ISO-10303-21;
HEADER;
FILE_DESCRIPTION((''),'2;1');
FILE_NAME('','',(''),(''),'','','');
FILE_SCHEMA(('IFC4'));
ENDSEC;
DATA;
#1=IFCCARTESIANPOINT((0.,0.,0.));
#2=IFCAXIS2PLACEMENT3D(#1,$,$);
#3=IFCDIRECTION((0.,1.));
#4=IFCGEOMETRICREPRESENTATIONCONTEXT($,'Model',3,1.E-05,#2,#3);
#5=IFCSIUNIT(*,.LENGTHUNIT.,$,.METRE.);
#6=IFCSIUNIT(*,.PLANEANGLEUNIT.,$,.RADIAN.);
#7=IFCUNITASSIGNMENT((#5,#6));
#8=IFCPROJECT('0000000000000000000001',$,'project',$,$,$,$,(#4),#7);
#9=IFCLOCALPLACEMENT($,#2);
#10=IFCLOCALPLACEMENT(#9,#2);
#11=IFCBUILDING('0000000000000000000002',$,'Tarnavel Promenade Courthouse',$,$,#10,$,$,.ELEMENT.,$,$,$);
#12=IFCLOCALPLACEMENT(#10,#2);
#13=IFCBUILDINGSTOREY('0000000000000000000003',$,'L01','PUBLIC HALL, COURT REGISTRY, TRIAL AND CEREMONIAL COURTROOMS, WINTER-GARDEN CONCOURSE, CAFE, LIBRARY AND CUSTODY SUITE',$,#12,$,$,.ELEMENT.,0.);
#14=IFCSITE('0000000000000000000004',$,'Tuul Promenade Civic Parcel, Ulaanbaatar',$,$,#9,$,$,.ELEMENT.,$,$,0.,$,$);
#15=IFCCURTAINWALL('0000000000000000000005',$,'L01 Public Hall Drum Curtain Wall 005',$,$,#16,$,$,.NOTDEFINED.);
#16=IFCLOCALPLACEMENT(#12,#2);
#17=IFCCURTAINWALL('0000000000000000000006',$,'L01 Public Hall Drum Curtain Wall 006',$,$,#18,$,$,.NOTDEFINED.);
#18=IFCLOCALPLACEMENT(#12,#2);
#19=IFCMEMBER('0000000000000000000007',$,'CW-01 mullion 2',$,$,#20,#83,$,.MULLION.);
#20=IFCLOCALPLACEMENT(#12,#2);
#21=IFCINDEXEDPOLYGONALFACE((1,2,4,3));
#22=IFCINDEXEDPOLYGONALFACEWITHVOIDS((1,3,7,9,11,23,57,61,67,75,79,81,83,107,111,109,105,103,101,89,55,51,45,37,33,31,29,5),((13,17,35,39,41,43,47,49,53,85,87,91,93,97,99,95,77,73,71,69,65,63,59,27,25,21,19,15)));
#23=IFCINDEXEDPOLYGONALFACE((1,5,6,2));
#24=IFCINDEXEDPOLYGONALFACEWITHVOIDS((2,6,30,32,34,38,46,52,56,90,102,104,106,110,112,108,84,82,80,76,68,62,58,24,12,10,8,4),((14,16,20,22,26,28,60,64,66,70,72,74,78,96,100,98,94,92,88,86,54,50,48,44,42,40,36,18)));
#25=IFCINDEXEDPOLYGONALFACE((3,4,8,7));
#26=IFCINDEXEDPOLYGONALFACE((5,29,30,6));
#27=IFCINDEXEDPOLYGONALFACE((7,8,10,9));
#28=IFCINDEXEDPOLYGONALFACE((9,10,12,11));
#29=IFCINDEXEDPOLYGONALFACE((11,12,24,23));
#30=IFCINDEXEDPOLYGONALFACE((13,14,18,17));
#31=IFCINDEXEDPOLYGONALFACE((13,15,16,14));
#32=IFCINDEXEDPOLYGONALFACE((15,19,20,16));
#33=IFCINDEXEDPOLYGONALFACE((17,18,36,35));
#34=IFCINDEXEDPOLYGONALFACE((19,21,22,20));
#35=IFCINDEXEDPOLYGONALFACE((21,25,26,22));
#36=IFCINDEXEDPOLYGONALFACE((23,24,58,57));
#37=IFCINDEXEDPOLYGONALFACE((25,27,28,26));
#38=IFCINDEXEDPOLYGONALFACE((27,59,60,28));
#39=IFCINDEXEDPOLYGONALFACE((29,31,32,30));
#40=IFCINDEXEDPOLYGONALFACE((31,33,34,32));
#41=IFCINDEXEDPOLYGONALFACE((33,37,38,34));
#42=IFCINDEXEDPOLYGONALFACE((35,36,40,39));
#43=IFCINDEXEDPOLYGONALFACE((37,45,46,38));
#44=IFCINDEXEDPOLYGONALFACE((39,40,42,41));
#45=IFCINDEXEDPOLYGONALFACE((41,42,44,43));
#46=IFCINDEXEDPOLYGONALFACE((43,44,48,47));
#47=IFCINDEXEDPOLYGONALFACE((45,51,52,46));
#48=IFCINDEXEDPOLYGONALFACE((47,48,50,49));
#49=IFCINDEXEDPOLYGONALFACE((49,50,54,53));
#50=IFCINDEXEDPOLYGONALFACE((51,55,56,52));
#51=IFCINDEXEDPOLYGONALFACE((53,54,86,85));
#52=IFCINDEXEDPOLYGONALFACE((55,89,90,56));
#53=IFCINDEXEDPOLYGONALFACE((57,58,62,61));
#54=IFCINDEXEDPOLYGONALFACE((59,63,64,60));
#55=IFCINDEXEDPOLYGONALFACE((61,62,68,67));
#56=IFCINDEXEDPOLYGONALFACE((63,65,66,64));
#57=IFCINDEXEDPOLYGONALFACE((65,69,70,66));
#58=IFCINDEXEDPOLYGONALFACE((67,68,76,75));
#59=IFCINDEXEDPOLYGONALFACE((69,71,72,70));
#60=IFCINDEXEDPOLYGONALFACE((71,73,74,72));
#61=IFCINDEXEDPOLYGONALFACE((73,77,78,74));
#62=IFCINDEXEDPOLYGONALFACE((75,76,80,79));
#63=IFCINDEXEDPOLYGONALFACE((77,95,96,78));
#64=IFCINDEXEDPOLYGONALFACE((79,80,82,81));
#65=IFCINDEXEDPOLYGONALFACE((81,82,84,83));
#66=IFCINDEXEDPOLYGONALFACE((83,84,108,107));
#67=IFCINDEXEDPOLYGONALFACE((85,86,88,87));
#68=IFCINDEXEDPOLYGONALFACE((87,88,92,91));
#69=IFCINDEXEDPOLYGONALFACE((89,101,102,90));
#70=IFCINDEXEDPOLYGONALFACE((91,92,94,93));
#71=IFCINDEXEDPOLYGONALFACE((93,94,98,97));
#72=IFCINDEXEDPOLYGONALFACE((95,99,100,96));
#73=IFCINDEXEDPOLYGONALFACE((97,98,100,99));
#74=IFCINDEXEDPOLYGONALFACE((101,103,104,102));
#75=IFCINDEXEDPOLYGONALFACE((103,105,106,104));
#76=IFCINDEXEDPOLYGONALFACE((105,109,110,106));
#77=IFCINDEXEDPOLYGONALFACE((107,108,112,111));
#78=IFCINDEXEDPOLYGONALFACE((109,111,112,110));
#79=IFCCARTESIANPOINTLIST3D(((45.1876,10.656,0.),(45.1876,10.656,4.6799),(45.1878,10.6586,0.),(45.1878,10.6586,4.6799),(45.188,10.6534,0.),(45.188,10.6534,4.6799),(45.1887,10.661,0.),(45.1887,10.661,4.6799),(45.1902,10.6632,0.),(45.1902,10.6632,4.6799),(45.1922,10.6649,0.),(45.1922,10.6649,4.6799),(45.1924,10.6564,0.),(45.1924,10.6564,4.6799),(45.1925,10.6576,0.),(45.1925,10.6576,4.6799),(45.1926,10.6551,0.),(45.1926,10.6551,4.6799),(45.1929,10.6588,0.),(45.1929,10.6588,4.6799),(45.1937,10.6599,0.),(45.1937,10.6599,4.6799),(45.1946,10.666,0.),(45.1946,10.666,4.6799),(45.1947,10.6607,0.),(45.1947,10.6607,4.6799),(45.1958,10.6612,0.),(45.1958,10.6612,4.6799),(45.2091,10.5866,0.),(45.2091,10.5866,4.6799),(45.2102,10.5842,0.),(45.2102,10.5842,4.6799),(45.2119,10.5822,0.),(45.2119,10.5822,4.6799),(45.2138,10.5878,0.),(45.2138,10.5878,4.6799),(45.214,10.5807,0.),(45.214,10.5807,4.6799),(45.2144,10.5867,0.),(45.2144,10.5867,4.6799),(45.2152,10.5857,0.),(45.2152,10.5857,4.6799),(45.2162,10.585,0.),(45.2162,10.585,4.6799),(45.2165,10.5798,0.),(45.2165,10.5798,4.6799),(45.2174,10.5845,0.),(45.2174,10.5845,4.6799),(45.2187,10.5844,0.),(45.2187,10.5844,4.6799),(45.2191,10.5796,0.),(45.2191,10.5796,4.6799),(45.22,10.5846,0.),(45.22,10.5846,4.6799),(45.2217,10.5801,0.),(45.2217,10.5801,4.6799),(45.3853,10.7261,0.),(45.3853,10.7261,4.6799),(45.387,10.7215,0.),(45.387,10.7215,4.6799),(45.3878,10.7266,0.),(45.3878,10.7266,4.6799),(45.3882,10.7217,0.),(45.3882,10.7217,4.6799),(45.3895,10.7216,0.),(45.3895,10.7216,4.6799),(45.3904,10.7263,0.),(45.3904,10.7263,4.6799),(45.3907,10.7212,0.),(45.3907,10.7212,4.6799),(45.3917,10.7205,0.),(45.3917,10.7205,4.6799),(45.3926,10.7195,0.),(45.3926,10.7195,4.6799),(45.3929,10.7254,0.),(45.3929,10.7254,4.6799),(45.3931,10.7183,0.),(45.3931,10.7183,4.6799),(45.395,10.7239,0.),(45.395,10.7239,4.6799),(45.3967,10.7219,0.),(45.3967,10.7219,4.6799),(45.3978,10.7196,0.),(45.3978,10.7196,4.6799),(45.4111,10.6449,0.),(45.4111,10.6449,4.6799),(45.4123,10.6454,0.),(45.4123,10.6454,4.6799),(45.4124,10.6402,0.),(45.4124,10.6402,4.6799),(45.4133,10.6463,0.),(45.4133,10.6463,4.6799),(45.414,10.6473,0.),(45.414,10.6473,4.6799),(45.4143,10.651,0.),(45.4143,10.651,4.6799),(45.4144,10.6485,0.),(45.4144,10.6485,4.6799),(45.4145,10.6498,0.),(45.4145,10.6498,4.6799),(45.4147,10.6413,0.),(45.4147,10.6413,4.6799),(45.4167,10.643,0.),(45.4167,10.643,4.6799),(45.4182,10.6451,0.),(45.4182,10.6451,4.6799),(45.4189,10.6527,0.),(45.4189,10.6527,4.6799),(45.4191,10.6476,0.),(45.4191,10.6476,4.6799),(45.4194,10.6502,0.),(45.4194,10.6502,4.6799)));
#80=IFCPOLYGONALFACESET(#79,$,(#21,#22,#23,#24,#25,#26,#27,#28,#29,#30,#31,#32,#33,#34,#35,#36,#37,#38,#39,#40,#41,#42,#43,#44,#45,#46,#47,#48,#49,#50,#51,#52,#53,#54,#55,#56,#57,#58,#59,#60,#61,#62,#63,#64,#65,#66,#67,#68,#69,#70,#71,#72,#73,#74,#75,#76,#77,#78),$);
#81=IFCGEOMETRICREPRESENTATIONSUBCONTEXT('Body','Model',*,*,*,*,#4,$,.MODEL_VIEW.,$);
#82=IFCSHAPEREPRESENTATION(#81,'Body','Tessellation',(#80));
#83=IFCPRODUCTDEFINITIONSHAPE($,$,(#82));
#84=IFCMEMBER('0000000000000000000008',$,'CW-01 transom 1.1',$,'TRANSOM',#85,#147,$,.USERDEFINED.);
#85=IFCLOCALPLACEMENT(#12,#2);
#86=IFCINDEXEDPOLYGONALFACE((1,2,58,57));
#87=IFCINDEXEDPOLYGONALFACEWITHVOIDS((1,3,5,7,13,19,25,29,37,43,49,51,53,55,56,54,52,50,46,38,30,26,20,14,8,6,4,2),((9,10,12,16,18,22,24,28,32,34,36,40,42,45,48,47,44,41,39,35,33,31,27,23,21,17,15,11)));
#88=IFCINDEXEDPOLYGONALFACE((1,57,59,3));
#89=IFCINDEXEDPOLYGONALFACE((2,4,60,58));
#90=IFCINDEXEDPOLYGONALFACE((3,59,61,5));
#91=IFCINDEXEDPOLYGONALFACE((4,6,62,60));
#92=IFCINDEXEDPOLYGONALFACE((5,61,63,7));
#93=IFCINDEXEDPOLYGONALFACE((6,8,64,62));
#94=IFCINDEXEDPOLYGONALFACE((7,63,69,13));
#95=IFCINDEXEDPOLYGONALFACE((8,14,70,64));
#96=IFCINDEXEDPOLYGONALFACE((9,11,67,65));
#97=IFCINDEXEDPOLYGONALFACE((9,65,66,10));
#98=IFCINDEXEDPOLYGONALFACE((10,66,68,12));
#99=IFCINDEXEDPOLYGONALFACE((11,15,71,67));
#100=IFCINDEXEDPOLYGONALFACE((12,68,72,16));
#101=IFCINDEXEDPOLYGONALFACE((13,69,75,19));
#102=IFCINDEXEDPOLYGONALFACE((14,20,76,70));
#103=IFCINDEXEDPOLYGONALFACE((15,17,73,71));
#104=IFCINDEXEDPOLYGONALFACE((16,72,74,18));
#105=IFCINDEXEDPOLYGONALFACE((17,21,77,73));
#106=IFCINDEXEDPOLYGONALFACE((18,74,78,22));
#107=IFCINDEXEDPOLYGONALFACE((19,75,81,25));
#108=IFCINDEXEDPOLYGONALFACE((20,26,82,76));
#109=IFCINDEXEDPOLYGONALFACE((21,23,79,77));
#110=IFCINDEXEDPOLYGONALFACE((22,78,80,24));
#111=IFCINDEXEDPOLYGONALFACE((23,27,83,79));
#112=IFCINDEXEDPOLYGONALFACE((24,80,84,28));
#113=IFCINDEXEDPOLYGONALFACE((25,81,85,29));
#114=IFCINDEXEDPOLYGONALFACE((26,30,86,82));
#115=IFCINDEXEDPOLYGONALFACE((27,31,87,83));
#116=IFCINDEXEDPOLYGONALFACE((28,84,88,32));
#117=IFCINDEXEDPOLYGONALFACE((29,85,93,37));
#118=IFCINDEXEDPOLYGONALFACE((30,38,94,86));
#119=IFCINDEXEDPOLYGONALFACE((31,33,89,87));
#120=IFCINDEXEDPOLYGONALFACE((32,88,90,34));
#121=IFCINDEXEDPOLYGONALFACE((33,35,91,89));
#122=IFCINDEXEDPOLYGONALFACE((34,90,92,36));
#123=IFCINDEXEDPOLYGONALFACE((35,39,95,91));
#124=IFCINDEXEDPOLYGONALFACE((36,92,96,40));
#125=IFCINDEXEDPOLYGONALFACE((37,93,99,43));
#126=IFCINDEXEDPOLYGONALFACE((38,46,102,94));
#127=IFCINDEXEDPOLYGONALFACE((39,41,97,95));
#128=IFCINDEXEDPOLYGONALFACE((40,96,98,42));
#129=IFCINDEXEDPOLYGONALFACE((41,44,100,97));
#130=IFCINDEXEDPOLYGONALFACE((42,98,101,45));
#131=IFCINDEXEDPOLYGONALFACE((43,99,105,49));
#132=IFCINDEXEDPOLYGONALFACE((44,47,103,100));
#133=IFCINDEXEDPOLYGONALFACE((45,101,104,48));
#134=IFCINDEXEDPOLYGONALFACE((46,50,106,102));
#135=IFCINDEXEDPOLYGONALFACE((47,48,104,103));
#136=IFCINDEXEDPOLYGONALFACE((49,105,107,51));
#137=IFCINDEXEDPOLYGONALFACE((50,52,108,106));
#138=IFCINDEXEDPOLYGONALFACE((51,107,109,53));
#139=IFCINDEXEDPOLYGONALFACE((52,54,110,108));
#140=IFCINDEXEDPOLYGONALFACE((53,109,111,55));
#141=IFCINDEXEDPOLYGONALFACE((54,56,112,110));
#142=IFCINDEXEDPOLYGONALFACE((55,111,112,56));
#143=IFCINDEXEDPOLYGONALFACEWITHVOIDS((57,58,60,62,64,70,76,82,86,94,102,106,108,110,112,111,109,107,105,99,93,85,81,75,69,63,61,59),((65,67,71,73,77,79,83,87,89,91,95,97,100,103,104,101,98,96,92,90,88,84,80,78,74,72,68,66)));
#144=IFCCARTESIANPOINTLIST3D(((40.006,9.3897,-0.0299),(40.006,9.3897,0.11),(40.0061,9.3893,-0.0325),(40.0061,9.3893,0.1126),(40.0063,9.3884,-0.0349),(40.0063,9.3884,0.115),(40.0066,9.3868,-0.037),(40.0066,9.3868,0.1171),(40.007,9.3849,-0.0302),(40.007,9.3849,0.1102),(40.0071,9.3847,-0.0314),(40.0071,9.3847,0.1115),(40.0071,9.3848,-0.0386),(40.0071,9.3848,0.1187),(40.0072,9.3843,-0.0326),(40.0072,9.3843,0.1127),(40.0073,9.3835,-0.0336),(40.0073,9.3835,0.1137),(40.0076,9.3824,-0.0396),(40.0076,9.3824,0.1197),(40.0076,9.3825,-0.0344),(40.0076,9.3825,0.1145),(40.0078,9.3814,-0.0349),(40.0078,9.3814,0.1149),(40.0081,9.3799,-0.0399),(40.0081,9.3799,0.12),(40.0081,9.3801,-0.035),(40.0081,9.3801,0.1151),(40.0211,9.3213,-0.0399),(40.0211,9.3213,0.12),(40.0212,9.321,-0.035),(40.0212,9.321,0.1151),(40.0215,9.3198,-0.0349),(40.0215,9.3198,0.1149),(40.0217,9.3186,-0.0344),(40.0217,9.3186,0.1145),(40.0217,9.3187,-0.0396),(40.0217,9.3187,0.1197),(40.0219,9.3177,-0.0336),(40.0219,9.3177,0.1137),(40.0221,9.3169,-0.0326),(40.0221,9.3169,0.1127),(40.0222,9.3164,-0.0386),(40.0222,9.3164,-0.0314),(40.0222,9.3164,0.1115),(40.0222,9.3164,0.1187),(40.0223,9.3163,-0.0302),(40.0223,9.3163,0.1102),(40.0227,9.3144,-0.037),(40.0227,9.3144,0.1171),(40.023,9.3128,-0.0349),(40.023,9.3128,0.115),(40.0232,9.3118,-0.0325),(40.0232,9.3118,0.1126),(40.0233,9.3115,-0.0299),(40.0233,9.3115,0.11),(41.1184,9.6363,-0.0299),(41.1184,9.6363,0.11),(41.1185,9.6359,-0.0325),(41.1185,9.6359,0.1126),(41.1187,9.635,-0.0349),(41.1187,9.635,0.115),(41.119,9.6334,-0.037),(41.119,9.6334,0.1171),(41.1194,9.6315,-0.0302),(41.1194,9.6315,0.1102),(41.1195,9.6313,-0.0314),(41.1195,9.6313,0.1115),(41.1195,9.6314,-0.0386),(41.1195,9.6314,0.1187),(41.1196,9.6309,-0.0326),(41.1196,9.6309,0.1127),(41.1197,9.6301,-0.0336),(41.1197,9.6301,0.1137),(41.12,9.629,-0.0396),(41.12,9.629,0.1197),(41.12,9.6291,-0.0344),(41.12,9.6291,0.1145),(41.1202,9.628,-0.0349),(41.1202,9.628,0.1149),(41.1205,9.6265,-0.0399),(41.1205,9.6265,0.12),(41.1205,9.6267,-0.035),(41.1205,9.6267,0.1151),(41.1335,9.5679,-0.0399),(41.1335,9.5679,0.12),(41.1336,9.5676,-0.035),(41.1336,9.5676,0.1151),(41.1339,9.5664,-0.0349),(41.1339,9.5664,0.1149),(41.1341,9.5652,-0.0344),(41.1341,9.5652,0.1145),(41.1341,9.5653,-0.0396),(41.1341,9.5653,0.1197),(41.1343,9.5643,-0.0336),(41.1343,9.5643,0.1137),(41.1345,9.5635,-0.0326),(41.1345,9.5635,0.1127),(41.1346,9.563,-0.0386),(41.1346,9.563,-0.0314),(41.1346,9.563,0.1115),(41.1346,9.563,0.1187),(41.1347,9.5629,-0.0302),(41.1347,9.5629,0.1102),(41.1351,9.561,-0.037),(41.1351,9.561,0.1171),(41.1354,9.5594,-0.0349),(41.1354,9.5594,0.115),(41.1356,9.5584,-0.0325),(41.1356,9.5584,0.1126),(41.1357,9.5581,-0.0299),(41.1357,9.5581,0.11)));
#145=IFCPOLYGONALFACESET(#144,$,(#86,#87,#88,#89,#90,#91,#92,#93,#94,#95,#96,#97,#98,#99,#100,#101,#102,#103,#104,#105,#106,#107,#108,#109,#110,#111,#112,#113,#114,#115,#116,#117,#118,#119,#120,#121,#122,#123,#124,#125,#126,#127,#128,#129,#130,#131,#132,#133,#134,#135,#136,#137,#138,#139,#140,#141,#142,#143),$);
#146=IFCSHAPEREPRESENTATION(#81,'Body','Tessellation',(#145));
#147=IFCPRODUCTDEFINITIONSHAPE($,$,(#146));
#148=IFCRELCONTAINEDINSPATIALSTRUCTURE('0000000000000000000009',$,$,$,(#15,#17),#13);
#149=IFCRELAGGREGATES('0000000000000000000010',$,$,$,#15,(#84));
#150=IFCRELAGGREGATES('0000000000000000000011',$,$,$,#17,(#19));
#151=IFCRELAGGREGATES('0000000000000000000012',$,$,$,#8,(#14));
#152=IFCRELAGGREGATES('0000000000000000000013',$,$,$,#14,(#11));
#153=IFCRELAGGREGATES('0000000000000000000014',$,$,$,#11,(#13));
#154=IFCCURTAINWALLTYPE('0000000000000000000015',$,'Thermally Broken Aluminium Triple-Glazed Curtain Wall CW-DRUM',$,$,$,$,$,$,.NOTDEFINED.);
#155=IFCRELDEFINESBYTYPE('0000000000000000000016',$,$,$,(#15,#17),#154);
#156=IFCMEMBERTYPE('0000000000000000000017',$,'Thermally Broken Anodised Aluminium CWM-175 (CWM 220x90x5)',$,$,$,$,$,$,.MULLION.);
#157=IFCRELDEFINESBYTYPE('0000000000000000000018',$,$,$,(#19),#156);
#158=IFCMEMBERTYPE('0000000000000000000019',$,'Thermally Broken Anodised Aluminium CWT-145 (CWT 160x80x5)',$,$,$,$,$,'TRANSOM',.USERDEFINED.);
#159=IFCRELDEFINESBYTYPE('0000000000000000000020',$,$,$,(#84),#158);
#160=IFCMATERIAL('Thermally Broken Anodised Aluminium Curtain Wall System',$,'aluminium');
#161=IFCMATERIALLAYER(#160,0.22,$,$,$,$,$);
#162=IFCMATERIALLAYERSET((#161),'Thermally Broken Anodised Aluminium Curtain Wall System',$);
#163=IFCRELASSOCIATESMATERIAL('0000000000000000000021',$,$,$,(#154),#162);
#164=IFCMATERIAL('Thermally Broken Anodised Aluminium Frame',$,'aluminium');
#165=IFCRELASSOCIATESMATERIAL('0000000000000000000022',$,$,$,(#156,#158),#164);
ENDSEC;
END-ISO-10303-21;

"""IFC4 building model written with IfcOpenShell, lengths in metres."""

from ifc_helpers import new_model, si_unit, direction, frame, origin, origin_2d, place, context, subcontext, project, spatial, hollow_rectangle, extrude, material, layer, layer_set, material_profile, profile_set, type_object, element, aggregate, save


model = new_model("IFC4")

# Units and contexts
model_context = context("Model", 3, precision=1e-05, world=origin(), true_north=direction((0.0, 1.0)))
body_context = subcontext(model_context, "Body", "Model", "MODEL_VIEW")
ifc_project = project(units=[si_unit("LENGTHUNIT", "METRE"), si_unit("PLANEANGLEUNIT", "RADIAN")], contexts=[model_context])

# Site, building, storey
site_placement = place(None, origin())
site = spatial("IfcSite", under=ifc_project, at=site_placement, Name="Tuul Promenade Civic Parcel, Ulaanbaatar", CompositionType="ELEMENT", RefElevation=0.0)
building_placement = place(site_placement, origin())
building = spatial("IfcBuilding", under=site, at=building_placement, Name="Tarnavel Promenade Courthouse", CompositionType="ELEMENT")
storey_placement = place(building_placement, origin())
storey = spatial("IfcBuildingStorey", under=building, at=storey_placement, Name="L01", Description="PUBLIC HALL, COURT REGISTRY, TRIAL AND CEREMONIAL COURTROOMS, WINTER-GARDEN CONCOURSE, CAFE, LIBRARY AND CUSTODY SUITE", CompositionType="ELEMENT", Elevation=0.0)

# Curtain walls, member
ifc_material_1 = material(Name="Thermally Broken Anodised Aluminium Curtain Wall System", Category="aluminium")
ifc_layer_1 = layer(ifc_material_1, 0.22)
ifc_layer_set_1 = layer_set([ifc_layer_1], Name="Thermally Broken Anodised Aluminium Curtain Wall System")
curtain_wall_type = type_object("IfcCurtainWallType", Name="Thermally Broken Aluminium Triple-Glazed Curtain Wall CW-DRUM", PredefinedType="NOTDEFINED", material=ifc_layer_set_1)
curtain_wall_1_placement = place(storey_placement, origin())
curtain_wall_1 = element("IfcCurtainWall", 1, at=curtain_wall_1_placement, inside=storey, type_object=curtain_wall_type, Name="L01 Public Hall Drum Curtain Wall 005", PredefinedType="NOTDEFINED")
ifc_material_2 = material(Name="Thermally Broken Anodised Aluminium Frame", Category="aluminium")
ifc_material_profile_1 = material_profile(ifc_material_2, hollow_rectangle(XDim=0.0901, YDim=0.22, WallThickness=0.0049, InnerFilletRadius=0.0049, OuterFilletRadius=0.01, at=origin_2d()), Name="CWM 220x90x5")
ifc_profile_set_1 = profile_set([ifc_material_profile_1], Name="Thermally Broken Anodised Aluminium Frame")
member_type_1 = type_object("IfcMemberType", Name="Thermally Broken Anodised Aluminium CWM-175 (CWM 220x90x5)", PredefinedType="MULLION", material=ifc_profile_set_1)
curtain_wall_2_placement = place(storey_placement, origin())
curtain_wall_2 = element("IfcCurtainWall", 2, at=curtain_wall_2_placement, inside=storey, type_object=curtain_wall_type, Name="L01 Public Hall Drum Curtain Wall 006", PredefinedType="NOTDEFINED")
member_1_placement = place(storey_placement, frame((45.3035, 10.6531, 0.0), z_axis=(0.0, 0.0, 1.0), x_axis=(-0.300704, 0.953718, 0.0)))
member_1 = element("IfcMember", 3, at=member_1_placement, type_object=member_type_1, Name="CW-01 mullion 2", PredefinedType="MULLION", context=body_context, shape_type="SweptSolid", body=[
    extrude(hollow_rectangle(XDim=0.0901, YDim=0.22, WallThickness=0.0049, InnerFilletRadius=0.0049, OuterFilletRadius=0.01, at=origin_2d()), origin(), (0.0, 0.0, 1.0), 4.6799),
])

# Member
ifc_material_profile_2 = material_profile(ifc_material_2, hollow_rectangle(XDim=0.0801, YDim=0.1599, WallThickness=0.0049, InnerFilletRadius=0.0049, OuterFilletRadius=0.01, at=origin_2d()), Name="CWT 160x80x5")
ifc_profile_set_2 = profile_set([ifc_material_profile_2], Name="Thermally Broken Anodised Aluminium Frame")
member_type_2 = type_object("IfcMemberType", Name="Thermally Broken Anodised Aluminium CWT-145 (CWT 160x80x5)", ElementType="TRANSOM", PredefinedType="USERDEFINED", material=ifc_profile_set_2)
member_2_placement = place(storey_placement, frame((40.0146, 9.3506, 0.04), z_axis=(0.976298, 0.216431, 0.0), x_axis=(-0.216431, 0.976298, 0.0)))
member_2 = element("IfcMember", 4, at=member_2_placement, type_object=member_type_2, Name="CW-01 transom 1.1", ObjectType="TRANSOM", PredefinedType="USERDEFINED", context=body_context, shape_type="SweptSolid", body=[
    extrude(hollow_rectangle(XDim=0.0801, YDim=0.1599, WallThickness=0.0049, InnerFilletRadius=0.0049, OuterFilletRadius=0.01, at=origin_2d()), origin(), (0.0, 0.0, 1.0), 1.1394),
])

aggregate(curtain_wall_1, [member_2])
aggregate(curtain_wall_2, [member_1])

save(model, "model.ifc")
